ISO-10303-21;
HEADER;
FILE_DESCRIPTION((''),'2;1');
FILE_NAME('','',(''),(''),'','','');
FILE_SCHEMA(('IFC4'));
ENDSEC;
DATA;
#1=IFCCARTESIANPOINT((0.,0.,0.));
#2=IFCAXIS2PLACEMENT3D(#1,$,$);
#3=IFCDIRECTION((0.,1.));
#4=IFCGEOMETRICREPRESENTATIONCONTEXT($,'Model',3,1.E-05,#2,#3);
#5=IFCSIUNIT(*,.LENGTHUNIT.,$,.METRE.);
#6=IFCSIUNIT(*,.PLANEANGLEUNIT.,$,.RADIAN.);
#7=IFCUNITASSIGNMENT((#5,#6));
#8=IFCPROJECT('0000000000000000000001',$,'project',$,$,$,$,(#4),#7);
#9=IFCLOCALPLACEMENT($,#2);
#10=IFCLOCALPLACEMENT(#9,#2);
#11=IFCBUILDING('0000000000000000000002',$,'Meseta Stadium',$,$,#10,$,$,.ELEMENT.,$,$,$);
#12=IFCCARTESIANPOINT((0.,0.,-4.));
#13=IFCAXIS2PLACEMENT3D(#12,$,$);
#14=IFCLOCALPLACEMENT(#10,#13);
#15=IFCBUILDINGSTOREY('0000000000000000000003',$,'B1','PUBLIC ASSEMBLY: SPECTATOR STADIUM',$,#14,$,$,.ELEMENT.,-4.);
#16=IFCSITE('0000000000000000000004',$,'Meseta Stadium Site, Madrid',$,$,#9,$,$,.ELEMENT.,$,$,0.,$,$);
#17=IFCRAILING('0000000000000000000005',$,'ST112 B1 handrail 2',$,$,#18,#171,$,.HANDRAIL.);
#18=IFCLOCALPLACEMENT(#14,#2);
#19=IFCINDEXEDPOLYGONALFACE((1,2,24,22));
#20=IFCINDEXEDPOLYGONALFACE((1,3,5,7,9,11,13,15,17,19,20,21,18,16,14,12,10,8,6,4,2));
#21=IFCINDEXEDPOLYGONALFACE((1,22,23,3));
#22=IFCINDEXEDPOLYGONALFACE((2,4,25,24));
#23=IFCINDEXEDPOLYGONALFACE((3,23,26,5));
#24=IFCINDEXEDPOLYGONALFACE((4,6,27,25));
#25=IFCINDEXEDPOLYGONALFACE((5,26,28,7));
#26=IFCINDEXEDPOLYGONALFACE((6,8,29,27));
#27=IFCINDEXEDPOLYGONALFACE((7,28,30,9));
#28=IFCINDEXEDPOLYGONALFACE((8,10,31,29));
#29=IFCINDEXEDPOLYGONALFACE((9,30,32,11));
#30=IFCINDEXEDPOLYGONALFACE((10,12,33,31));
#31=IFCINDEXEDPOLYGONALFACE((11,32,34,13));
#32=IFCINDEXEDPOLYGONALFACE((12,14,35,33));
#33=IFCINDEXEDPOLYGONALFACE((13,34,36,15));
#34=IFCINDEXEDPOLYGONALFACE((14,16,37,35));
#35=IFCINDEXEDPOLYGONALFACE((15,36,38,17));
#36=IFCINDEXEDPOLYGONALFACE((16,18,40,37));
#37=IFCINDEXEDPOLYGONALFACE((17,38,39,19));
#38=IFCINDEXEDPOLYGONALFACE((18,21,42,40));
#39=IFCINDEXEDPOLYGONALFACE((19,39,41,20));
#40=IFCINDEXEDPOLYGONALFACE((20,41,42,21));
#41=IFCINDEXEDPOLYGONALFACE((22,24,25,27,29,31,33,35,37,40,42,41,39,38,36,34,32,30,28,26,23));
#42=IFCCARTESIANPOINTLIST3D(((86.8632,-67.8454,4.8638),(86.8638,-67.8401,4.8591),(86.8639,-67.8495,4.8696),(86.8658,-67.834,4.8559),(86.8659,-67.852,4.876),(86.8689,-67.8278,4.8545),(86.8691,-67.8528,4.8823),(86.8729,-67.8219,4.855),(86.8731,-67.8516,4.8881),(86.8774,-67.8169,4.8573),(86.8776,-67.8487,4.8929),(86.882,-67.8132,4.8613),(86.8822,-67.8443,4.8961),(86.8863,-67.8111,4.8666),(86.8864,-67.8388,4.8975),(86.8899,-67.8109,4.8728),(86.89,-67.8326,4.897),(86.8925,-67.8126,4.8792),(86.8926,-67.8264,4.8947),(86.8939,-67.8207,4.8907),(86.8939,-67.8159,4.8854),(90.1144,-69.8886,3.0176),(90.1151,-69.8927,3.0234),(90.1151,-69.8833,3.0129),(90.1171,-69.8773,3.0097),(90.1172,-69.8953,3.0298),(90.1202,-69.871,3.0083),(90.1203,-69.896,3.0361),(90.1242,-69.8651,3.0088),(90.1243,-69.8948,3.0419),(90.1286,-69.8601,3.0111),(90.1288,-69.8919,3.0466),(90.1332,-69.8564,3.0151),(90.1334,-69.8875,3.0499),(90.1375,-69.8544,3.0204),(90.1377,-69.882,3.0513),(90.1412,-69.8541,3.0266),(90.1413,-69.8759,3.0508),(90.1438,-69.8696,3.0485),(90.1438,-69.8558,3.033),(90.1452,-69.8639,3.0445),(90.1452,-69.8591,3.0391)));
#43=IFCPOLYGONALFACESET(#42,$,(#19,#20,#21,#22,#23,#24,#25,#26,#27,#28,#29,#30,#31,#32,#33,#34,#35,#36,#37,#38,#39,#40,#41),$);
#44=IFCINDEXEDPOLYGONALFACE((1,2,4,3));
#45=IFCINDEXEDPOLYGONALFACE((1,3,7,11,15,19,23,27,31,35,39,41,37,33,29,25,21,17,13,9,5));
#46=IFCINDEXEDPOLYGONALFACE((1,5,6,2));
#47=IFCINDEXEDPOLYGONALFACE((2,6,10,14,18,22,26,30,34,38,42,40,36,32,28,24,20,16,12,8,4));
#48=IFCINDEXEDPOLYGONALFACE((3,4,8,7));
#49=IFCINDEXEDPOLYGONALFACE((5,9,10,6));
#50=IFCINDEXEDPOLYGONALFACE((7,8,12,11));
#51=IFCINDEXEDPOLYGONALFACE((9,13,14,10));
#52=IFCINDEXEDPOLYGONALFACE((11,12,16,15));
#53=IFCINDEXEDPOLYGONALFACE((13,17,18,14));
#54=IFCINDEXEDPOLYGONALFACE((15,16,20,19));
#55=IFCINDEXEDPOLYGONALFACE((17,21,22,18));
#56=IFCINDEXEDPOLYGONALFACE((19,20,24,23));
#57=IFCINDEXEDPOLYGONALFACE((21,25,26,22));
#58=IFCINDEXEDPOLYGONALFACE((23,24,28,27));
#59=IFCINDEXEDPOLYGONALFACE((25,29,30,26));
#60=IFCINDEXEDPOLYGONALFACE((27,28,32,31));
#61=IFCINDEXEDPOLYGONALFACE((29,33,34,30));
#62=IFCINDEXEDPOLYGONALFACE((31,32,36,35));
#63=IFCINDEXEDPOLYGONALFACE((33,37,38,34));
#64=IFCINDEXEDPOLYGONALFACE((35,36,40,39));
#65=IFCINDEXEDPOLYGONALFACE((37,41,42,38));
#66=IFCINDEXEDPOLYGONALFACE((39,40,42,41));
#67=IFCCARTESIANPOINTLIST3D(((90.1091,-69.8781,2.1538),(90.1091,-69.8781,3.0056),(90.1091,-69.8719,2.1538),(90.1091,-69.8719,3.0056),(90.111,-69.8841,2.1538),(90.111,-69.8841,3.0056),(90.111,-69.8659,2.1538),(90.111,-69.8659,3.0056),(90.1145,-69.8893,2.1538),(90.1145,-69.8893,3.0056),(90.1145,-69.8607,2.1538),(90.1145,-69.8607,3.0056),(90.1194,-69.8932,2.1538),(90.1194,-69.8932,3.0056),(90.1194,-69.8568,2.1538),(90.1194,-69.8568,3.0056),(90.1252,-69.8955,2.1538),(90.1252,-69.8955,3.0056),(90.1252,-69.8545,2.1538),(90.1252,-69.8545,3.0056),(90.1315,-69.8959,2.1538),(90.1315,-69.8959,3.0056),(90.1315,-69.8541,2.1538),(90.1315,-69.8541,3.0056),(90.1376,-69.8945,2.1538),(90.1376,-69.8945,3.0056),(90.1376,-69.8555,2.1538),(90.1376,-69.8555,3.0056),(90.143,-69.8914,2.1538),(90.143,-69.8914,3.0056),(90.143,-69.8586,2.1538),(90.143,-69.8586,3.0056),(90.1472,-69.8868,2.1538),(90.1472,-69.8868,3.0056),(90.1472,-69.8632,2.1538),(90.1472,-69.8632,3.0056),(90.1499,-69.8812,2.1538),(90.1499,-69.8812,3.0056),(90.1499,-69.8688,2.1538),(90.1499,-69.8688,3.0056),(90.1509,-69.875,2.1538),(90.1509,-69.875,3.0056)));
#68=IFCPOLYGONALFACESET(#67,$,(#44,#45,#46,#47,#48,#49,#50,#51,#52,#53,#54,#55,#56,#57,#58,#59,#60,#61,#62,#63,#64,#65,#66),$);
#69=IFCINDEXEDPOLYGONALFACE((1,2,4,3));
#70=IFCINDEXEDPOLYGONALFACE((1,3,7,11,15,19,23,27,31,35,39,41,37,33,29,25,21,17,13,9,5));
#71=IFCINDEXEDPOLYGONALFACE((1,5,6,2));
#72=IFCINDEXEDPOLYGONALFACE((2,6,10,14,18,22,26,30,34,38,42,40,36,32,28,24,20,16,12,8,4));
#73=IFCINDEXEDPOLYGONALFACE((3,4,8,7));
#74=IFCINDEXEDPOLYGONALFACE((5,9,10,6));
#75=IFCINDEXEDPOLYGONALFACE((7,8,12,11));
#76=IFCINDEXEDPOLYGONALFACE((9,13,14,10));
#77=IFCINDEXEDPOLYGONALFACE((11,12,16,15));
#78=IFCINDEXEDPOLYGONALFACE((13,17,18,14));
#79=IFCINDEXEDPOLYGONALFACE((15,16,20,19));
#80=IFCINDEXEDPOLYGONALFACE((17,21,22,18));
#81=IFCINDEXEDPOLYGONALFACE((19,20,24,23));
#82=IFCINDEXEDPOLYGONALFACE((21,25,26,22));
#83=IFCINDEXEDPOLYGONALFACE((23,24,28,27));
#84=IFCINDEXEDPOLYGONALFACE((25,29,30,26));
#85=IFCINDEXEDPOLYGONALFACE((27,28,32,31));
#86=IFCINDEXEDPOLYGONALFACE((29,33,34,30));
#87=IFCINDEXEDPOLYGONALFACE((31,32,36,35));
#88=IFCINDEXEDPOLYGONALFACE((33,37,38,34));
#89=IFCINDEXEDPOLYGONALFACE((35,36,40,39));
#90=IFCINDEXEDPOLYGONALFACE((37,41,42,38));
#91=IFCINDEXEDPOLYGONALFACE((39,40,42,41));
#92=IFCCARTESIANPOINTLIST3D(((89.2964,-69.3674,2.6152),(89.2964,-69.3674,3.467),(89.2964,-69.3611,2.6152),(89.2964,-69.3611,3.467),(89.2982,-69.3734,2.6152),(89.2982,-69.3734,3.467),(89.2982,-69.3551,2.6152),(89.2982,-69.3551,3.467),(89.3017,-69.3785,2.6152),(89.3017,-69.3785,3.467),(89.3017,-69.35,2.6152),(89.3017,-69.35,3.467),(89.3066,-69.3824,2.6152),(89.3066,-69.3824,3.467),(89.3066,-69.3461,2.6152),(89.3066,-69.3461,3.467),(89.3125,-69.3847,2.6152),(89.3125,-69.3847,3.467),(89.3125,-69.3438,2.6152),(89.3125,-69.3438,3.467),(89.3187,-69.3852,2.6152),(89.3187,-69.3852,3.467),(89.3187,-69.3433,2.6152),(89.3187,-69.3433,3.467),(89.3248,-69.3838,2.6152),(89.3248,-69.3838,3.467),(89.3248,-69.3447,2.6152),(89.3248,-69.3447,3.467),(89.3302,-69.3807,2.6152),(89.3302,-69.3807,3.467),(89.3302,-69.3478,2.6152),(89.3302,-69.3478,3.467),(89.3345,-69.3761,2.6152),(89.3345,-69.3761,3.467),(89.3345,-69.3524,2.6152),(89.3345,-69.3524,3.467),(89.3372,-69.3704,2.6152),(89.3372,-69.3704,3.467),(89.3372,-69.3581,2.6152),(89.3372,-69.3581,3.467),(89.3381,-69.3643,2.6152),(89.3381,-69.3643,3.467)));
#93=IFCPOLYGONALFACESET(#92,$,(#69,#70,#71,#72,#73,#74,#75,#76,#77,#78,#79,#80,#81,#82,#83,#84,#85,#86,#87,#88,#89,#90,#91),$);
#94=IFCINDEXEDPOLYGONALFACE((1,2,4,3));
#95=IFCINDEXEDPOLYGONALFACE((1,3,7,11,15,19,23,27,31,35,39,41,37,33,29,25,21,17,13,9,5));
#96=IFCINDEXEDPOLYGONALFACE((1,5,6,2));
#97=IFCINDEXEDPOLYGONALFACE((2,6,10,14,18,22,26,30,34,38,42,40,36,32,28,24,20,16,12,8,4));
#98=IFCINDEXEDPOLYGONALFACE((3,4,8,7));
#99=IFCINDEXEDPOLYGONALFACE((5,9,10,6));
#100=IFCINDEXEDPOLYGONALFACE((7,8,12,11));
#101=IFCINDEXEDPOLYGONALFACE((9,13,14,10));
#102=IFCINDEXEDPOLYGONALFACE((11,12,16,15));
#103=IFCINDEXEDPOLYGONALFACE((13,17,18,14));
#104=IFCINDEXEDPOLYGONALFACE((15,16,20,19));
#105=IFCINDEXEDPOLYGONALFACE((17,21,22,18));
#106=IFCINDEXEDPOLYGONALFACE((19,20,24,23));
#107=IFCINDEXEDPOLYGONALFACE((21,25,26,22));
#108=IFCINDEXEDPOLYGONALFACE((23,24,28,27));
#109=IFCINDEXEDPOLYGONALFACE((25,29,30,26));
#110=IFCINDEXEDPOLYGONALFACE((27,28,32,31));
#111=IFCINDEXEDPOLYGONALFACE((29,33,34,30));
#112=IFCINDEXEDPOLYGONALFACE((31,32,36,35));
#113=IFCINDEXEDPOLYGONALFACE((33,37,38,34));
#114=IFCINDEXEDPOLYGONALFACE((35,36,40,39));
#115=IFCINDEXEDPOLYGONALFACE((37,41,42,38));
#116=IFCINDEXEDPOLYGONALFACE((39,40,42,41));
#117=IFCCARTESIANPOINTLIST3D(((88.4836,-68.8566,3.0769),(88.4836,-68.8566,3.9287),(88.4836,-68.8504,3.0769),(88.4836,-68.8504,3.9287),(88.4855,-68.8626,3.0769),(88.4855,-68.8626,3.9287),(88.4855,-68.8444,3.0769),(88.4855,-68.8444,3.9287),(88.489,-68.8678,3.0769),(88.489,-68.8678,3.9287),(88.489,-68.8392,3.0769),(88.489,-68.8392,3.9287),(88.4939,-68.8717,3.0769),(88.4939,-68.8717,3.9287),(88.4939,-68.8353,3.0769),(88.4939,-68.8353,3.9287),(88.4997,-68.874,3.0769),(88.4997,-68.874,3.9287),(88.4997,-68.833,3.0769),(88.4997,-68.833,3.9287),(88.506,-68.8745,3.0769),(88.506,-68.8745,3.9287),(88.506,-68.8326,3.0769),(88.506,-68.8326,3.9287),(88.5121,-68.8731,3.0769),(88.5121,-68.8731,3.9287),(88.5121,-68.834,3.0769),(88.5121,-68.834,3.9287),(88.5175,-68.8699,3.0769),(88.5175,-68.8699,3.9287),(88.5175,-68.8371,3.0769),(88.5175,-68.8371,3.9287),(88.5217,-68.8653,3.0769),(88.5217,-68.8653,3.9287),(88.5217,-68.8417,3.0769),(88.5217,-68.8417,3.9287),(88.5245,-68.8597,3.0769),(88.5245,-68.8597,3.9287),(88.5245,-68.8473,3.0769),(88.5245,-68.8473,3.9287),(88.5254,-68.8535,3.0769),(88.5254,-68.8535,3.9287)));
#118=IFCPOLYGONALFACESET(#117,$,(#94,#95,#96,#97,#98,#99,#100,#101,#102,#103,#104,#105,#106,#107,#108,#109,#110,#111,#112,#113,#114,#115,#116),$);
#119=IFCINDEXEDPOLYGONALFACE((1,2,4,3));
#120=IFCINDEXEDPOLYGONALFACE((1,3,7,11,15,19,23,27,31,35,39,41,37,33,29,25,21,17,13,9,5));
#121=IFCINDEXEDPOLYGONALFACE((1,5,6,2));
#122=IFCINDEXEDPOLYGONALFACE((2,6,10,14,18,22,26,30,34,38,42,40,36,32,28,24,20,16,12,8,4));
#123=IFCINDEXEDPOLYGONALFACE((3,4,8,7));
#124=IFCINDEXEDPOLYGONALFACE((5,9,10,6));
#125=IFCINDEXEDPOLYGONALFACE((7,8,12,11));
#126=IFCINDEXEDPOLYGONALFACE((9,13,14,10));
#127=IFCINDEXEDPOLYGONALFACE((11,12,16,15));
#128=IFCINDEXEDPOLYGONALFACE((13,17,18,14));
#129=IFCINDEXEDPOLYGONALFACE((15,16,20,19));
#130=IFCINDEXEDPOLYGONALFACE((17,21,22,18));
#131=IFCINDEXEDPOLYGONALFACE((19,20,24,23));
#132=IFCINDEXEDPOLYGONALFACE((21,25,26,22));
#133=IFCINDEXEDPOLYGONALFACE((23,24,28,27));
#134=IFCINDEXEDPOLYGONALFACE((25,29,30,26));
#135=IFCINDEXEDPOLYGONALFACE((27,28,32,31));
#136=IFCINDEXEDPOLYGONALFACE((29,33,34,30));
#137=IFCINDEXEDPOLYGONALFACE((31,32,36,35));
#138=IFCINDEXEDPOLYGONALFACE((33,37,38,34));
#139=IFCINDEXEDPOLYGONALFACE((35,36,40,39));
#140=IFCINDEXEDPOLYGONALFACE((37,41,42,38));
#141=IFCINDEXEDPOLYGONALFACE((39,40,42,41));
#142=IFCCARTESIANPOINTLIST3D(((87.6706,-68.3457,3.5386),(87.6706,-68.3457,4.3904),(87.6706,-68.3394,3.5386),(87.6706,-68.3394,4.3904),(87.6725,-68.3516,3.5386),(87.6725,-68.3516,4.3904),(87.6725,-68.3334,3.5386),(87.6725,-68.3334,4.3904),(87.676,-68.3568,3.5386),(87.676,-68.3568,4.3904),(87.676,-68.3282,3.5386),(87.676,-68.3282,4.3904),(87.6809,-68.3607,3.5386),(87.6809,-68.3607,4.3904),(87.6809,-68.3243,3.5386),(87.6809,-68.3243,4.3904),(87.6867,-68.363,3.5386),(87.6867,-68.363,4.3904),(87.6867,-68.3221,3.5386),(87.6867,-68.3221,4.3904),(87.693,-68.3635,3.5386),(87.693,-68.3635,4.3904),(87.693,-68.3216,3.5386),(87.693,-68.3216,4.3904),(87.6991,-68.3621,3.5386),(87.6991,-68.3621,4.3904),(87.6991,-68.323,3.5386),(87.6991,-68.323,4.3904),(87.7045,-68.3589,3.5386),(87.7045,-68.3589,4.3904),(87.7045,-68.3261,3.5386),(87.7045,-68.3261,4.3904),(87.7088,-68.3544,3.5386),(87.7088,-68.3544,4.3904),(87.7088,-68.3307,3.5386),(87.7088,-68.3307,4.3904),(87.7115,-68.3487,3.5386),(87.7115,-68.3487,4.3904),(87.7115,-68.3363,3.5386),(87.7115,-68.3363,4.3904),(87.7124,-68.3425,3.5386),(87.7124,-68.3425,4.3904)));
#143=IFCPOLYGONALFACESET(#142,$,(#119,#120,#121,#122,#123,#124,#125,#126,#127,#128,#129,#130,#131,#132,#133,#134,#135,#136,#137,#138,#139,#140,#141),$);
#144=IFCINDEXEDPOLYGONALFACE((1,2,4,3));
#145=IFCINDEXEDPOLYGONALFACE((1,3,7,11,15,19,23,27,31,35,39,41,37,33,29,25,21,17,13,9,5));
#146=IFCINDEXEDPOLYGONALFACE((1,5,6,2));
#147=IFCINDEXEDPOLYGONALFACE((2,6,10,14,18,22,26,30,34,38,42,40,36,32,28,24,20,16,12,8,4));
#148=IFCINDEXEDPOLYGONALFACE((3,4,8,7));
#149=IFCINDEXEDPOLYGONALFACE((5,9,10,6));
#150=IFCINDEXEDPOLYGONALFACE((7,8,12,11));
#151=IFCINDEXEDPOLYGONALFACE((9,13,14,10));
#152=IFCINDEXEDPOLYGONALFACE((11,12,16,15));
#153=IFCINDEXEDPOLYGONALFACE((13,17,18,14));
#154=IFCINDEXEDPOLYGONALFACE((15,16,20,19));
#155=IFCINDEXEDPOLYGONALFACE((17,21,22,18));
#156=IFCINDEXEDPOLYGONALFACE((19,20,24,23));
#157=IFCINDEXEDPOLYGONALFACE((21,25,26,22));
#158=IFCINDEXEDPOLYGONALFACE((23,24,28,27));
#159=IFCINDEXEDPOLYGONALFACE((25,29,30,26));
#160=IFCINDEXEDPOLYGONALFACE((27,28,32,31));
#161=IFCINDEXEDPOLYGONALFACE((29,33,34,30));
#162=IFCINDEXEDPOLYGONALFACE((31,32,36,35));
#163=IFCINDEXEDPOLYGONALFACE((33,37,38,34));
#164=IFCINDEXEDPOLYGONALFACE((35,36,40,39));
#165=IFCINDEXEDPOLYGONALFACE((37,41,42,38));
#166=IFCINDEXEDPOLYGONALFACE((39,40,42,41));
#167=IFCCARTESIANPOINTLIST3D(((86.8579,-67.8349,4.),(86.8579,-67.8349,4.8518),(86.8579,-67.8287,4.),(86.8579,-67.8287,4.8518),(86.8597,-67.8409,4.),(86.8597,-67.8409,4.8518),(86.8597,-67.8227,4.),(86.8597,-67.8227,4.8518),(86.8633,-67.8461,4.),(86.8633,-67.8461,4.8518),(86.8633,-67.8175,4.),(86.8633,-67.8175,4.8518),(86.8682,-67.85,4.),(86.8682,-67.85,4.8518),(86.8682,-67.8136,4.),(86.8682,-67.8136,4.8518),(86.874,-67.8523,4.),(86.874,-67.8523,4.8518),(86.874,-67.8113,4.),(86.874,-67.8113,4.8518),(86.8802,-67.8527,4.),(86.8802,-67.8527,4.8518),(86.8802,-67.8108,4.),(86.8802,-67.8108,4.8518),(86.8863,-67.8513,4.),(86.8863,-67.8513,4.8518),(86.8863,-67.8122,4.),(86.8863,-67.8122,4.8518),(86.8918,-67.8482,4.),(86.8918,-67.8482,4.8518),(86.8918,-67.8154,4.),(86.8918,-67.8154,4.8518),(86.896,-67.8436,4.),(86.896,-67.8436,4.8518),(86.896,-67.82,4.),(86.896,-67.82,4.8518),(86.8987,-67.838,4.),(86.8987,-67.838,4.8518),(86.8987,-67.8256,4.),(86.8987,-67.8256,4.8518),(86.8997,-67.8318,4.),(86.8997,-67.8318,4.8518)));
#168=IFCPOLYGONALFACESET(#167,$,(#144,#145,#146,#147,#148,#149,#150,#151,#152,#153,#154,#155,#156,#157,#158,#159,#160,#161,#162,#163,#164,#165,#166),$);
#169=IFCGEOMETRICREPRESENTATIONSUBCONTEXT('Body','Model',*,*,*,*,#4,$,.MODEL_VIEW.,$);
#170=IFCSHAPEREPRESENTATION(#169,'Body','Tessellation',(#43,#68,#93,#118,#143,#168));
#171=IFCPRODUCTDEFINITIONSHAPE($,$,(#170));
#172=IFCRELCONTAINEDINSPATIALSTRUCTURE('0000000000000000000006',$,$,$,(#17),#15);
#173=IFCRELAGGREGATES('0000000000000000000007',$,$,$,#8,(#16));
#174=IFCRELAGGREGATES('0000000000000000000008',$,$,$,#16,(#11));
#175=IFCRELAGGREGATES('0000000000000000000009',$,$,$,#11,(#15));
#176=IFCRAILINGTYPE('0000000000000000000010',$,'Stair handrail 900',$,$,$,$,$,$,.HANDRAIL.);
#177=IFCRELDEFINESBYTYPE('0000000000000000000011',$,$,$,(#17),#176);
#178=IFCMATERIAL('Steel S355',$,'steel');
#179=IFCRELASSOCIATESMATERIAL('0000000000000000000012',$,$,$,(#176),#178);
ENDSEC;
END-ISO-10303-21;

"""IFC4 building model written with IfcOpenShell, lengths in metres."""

from ifc_helpers import new_model, si_unit, direction, frame, origin, origin_2d, place, context, subcontext, project, spatial, circle, extrude, material, type_object, element, save


model = new_model("IFC4")

# Units and contexts
model_context = context("Model", 3, precision=1e-05, world=origin(), true_north=direction((0.0, 1.0)))
body_context = subcontext(model_context, "Body", "Model", "MODEL_VIEW")
ifc_project = project(units=[si_unit("LENGTHUNIT", "METRE"), si_unit("PLANEANGLEUNIT", "RADIAN")], contexts=[model_context])

# Site, building, storey
site_placement = place(None, origin())
site = spatial("IfcSite", under=ifc_project, at=site_placement, Name="Meseta Stadium Site, Madrid", CompositionType="ELEMENT", RefElevation=0.0)
building_placement = place(site_placement, origin())
building = spatial("IfcBuilding", under=site, at=building_placement, Name="Meseta Stadium", CompositionType="ELEMENT")
storey_placement = place(building_placement, frame((0.0, 0.0, -4.0)))
storey = spatial("IfcBuildingStorey", under=building, at=storey_placement, Name="B1", Description="PUBLIC ASSEMBLY: SPECTATOR STADIUM", CompositionType="ELEMENT", Elevation=-4.0)

# Railing
ifc_material_1 = material(Name="Steel S355", Category="steel")
railing_type_1 = type_object("IfcRailingType", Name="Stair handrail 900", PredefinedType="HANDRAIL", material=ifc_material_1)
railing_1_placement = place(storey_placement, frame((90.1299, -69.875, 2.1538)))
element("IfcRailing", 1, at=railing_1_placement, inside=storey, type_object=railing_type_1, Name="ST112 B1 handrail 2", PredefinedType="HANDRAIL", context=body_context, shape_type="SweptSolid", body=[
    extrude(circle(Radius=0.0239, at=origin_2d()), frame((0.0, 0.0, 0.876), z_axis=(-0.763072, 0.479548, 0.433307), x_axis=(-0.532095, -0.846685, 0.0)), (0.0, 0.0, 1.0), 4.2607),
    extrude(circle(Radius=0.021, at=origin_2d()), origin(), (0.0, 0.0, 1.0), 0.8518),
    extrude(circle(Radius=0.021, at=origin_2d()), frame((-0.8127, 0.5107, 0.4614)), (0.0, 0.0, 1.0), 0.8518),
    extrude(circle(Radius=0.021, at=origin_2d()), frame((-1.6255, 1.0215, 0.9231)), (0.0, 0.0, 1.0), 0.8518),
    extrude(circle(Radius=0.021, at=origin_2d()), frame((-2.4385, 1.5325, 1.3848)), (0.0, 0.0, 1.0), 0.8518),
    extrude(circle(Radius=0.021, at=origin_2d()), frame((-3.2512, 2.0432, 1.8462)), (0.0, 0.0, 1.0), 0.8518),
])

save(model, "model.ifc")
